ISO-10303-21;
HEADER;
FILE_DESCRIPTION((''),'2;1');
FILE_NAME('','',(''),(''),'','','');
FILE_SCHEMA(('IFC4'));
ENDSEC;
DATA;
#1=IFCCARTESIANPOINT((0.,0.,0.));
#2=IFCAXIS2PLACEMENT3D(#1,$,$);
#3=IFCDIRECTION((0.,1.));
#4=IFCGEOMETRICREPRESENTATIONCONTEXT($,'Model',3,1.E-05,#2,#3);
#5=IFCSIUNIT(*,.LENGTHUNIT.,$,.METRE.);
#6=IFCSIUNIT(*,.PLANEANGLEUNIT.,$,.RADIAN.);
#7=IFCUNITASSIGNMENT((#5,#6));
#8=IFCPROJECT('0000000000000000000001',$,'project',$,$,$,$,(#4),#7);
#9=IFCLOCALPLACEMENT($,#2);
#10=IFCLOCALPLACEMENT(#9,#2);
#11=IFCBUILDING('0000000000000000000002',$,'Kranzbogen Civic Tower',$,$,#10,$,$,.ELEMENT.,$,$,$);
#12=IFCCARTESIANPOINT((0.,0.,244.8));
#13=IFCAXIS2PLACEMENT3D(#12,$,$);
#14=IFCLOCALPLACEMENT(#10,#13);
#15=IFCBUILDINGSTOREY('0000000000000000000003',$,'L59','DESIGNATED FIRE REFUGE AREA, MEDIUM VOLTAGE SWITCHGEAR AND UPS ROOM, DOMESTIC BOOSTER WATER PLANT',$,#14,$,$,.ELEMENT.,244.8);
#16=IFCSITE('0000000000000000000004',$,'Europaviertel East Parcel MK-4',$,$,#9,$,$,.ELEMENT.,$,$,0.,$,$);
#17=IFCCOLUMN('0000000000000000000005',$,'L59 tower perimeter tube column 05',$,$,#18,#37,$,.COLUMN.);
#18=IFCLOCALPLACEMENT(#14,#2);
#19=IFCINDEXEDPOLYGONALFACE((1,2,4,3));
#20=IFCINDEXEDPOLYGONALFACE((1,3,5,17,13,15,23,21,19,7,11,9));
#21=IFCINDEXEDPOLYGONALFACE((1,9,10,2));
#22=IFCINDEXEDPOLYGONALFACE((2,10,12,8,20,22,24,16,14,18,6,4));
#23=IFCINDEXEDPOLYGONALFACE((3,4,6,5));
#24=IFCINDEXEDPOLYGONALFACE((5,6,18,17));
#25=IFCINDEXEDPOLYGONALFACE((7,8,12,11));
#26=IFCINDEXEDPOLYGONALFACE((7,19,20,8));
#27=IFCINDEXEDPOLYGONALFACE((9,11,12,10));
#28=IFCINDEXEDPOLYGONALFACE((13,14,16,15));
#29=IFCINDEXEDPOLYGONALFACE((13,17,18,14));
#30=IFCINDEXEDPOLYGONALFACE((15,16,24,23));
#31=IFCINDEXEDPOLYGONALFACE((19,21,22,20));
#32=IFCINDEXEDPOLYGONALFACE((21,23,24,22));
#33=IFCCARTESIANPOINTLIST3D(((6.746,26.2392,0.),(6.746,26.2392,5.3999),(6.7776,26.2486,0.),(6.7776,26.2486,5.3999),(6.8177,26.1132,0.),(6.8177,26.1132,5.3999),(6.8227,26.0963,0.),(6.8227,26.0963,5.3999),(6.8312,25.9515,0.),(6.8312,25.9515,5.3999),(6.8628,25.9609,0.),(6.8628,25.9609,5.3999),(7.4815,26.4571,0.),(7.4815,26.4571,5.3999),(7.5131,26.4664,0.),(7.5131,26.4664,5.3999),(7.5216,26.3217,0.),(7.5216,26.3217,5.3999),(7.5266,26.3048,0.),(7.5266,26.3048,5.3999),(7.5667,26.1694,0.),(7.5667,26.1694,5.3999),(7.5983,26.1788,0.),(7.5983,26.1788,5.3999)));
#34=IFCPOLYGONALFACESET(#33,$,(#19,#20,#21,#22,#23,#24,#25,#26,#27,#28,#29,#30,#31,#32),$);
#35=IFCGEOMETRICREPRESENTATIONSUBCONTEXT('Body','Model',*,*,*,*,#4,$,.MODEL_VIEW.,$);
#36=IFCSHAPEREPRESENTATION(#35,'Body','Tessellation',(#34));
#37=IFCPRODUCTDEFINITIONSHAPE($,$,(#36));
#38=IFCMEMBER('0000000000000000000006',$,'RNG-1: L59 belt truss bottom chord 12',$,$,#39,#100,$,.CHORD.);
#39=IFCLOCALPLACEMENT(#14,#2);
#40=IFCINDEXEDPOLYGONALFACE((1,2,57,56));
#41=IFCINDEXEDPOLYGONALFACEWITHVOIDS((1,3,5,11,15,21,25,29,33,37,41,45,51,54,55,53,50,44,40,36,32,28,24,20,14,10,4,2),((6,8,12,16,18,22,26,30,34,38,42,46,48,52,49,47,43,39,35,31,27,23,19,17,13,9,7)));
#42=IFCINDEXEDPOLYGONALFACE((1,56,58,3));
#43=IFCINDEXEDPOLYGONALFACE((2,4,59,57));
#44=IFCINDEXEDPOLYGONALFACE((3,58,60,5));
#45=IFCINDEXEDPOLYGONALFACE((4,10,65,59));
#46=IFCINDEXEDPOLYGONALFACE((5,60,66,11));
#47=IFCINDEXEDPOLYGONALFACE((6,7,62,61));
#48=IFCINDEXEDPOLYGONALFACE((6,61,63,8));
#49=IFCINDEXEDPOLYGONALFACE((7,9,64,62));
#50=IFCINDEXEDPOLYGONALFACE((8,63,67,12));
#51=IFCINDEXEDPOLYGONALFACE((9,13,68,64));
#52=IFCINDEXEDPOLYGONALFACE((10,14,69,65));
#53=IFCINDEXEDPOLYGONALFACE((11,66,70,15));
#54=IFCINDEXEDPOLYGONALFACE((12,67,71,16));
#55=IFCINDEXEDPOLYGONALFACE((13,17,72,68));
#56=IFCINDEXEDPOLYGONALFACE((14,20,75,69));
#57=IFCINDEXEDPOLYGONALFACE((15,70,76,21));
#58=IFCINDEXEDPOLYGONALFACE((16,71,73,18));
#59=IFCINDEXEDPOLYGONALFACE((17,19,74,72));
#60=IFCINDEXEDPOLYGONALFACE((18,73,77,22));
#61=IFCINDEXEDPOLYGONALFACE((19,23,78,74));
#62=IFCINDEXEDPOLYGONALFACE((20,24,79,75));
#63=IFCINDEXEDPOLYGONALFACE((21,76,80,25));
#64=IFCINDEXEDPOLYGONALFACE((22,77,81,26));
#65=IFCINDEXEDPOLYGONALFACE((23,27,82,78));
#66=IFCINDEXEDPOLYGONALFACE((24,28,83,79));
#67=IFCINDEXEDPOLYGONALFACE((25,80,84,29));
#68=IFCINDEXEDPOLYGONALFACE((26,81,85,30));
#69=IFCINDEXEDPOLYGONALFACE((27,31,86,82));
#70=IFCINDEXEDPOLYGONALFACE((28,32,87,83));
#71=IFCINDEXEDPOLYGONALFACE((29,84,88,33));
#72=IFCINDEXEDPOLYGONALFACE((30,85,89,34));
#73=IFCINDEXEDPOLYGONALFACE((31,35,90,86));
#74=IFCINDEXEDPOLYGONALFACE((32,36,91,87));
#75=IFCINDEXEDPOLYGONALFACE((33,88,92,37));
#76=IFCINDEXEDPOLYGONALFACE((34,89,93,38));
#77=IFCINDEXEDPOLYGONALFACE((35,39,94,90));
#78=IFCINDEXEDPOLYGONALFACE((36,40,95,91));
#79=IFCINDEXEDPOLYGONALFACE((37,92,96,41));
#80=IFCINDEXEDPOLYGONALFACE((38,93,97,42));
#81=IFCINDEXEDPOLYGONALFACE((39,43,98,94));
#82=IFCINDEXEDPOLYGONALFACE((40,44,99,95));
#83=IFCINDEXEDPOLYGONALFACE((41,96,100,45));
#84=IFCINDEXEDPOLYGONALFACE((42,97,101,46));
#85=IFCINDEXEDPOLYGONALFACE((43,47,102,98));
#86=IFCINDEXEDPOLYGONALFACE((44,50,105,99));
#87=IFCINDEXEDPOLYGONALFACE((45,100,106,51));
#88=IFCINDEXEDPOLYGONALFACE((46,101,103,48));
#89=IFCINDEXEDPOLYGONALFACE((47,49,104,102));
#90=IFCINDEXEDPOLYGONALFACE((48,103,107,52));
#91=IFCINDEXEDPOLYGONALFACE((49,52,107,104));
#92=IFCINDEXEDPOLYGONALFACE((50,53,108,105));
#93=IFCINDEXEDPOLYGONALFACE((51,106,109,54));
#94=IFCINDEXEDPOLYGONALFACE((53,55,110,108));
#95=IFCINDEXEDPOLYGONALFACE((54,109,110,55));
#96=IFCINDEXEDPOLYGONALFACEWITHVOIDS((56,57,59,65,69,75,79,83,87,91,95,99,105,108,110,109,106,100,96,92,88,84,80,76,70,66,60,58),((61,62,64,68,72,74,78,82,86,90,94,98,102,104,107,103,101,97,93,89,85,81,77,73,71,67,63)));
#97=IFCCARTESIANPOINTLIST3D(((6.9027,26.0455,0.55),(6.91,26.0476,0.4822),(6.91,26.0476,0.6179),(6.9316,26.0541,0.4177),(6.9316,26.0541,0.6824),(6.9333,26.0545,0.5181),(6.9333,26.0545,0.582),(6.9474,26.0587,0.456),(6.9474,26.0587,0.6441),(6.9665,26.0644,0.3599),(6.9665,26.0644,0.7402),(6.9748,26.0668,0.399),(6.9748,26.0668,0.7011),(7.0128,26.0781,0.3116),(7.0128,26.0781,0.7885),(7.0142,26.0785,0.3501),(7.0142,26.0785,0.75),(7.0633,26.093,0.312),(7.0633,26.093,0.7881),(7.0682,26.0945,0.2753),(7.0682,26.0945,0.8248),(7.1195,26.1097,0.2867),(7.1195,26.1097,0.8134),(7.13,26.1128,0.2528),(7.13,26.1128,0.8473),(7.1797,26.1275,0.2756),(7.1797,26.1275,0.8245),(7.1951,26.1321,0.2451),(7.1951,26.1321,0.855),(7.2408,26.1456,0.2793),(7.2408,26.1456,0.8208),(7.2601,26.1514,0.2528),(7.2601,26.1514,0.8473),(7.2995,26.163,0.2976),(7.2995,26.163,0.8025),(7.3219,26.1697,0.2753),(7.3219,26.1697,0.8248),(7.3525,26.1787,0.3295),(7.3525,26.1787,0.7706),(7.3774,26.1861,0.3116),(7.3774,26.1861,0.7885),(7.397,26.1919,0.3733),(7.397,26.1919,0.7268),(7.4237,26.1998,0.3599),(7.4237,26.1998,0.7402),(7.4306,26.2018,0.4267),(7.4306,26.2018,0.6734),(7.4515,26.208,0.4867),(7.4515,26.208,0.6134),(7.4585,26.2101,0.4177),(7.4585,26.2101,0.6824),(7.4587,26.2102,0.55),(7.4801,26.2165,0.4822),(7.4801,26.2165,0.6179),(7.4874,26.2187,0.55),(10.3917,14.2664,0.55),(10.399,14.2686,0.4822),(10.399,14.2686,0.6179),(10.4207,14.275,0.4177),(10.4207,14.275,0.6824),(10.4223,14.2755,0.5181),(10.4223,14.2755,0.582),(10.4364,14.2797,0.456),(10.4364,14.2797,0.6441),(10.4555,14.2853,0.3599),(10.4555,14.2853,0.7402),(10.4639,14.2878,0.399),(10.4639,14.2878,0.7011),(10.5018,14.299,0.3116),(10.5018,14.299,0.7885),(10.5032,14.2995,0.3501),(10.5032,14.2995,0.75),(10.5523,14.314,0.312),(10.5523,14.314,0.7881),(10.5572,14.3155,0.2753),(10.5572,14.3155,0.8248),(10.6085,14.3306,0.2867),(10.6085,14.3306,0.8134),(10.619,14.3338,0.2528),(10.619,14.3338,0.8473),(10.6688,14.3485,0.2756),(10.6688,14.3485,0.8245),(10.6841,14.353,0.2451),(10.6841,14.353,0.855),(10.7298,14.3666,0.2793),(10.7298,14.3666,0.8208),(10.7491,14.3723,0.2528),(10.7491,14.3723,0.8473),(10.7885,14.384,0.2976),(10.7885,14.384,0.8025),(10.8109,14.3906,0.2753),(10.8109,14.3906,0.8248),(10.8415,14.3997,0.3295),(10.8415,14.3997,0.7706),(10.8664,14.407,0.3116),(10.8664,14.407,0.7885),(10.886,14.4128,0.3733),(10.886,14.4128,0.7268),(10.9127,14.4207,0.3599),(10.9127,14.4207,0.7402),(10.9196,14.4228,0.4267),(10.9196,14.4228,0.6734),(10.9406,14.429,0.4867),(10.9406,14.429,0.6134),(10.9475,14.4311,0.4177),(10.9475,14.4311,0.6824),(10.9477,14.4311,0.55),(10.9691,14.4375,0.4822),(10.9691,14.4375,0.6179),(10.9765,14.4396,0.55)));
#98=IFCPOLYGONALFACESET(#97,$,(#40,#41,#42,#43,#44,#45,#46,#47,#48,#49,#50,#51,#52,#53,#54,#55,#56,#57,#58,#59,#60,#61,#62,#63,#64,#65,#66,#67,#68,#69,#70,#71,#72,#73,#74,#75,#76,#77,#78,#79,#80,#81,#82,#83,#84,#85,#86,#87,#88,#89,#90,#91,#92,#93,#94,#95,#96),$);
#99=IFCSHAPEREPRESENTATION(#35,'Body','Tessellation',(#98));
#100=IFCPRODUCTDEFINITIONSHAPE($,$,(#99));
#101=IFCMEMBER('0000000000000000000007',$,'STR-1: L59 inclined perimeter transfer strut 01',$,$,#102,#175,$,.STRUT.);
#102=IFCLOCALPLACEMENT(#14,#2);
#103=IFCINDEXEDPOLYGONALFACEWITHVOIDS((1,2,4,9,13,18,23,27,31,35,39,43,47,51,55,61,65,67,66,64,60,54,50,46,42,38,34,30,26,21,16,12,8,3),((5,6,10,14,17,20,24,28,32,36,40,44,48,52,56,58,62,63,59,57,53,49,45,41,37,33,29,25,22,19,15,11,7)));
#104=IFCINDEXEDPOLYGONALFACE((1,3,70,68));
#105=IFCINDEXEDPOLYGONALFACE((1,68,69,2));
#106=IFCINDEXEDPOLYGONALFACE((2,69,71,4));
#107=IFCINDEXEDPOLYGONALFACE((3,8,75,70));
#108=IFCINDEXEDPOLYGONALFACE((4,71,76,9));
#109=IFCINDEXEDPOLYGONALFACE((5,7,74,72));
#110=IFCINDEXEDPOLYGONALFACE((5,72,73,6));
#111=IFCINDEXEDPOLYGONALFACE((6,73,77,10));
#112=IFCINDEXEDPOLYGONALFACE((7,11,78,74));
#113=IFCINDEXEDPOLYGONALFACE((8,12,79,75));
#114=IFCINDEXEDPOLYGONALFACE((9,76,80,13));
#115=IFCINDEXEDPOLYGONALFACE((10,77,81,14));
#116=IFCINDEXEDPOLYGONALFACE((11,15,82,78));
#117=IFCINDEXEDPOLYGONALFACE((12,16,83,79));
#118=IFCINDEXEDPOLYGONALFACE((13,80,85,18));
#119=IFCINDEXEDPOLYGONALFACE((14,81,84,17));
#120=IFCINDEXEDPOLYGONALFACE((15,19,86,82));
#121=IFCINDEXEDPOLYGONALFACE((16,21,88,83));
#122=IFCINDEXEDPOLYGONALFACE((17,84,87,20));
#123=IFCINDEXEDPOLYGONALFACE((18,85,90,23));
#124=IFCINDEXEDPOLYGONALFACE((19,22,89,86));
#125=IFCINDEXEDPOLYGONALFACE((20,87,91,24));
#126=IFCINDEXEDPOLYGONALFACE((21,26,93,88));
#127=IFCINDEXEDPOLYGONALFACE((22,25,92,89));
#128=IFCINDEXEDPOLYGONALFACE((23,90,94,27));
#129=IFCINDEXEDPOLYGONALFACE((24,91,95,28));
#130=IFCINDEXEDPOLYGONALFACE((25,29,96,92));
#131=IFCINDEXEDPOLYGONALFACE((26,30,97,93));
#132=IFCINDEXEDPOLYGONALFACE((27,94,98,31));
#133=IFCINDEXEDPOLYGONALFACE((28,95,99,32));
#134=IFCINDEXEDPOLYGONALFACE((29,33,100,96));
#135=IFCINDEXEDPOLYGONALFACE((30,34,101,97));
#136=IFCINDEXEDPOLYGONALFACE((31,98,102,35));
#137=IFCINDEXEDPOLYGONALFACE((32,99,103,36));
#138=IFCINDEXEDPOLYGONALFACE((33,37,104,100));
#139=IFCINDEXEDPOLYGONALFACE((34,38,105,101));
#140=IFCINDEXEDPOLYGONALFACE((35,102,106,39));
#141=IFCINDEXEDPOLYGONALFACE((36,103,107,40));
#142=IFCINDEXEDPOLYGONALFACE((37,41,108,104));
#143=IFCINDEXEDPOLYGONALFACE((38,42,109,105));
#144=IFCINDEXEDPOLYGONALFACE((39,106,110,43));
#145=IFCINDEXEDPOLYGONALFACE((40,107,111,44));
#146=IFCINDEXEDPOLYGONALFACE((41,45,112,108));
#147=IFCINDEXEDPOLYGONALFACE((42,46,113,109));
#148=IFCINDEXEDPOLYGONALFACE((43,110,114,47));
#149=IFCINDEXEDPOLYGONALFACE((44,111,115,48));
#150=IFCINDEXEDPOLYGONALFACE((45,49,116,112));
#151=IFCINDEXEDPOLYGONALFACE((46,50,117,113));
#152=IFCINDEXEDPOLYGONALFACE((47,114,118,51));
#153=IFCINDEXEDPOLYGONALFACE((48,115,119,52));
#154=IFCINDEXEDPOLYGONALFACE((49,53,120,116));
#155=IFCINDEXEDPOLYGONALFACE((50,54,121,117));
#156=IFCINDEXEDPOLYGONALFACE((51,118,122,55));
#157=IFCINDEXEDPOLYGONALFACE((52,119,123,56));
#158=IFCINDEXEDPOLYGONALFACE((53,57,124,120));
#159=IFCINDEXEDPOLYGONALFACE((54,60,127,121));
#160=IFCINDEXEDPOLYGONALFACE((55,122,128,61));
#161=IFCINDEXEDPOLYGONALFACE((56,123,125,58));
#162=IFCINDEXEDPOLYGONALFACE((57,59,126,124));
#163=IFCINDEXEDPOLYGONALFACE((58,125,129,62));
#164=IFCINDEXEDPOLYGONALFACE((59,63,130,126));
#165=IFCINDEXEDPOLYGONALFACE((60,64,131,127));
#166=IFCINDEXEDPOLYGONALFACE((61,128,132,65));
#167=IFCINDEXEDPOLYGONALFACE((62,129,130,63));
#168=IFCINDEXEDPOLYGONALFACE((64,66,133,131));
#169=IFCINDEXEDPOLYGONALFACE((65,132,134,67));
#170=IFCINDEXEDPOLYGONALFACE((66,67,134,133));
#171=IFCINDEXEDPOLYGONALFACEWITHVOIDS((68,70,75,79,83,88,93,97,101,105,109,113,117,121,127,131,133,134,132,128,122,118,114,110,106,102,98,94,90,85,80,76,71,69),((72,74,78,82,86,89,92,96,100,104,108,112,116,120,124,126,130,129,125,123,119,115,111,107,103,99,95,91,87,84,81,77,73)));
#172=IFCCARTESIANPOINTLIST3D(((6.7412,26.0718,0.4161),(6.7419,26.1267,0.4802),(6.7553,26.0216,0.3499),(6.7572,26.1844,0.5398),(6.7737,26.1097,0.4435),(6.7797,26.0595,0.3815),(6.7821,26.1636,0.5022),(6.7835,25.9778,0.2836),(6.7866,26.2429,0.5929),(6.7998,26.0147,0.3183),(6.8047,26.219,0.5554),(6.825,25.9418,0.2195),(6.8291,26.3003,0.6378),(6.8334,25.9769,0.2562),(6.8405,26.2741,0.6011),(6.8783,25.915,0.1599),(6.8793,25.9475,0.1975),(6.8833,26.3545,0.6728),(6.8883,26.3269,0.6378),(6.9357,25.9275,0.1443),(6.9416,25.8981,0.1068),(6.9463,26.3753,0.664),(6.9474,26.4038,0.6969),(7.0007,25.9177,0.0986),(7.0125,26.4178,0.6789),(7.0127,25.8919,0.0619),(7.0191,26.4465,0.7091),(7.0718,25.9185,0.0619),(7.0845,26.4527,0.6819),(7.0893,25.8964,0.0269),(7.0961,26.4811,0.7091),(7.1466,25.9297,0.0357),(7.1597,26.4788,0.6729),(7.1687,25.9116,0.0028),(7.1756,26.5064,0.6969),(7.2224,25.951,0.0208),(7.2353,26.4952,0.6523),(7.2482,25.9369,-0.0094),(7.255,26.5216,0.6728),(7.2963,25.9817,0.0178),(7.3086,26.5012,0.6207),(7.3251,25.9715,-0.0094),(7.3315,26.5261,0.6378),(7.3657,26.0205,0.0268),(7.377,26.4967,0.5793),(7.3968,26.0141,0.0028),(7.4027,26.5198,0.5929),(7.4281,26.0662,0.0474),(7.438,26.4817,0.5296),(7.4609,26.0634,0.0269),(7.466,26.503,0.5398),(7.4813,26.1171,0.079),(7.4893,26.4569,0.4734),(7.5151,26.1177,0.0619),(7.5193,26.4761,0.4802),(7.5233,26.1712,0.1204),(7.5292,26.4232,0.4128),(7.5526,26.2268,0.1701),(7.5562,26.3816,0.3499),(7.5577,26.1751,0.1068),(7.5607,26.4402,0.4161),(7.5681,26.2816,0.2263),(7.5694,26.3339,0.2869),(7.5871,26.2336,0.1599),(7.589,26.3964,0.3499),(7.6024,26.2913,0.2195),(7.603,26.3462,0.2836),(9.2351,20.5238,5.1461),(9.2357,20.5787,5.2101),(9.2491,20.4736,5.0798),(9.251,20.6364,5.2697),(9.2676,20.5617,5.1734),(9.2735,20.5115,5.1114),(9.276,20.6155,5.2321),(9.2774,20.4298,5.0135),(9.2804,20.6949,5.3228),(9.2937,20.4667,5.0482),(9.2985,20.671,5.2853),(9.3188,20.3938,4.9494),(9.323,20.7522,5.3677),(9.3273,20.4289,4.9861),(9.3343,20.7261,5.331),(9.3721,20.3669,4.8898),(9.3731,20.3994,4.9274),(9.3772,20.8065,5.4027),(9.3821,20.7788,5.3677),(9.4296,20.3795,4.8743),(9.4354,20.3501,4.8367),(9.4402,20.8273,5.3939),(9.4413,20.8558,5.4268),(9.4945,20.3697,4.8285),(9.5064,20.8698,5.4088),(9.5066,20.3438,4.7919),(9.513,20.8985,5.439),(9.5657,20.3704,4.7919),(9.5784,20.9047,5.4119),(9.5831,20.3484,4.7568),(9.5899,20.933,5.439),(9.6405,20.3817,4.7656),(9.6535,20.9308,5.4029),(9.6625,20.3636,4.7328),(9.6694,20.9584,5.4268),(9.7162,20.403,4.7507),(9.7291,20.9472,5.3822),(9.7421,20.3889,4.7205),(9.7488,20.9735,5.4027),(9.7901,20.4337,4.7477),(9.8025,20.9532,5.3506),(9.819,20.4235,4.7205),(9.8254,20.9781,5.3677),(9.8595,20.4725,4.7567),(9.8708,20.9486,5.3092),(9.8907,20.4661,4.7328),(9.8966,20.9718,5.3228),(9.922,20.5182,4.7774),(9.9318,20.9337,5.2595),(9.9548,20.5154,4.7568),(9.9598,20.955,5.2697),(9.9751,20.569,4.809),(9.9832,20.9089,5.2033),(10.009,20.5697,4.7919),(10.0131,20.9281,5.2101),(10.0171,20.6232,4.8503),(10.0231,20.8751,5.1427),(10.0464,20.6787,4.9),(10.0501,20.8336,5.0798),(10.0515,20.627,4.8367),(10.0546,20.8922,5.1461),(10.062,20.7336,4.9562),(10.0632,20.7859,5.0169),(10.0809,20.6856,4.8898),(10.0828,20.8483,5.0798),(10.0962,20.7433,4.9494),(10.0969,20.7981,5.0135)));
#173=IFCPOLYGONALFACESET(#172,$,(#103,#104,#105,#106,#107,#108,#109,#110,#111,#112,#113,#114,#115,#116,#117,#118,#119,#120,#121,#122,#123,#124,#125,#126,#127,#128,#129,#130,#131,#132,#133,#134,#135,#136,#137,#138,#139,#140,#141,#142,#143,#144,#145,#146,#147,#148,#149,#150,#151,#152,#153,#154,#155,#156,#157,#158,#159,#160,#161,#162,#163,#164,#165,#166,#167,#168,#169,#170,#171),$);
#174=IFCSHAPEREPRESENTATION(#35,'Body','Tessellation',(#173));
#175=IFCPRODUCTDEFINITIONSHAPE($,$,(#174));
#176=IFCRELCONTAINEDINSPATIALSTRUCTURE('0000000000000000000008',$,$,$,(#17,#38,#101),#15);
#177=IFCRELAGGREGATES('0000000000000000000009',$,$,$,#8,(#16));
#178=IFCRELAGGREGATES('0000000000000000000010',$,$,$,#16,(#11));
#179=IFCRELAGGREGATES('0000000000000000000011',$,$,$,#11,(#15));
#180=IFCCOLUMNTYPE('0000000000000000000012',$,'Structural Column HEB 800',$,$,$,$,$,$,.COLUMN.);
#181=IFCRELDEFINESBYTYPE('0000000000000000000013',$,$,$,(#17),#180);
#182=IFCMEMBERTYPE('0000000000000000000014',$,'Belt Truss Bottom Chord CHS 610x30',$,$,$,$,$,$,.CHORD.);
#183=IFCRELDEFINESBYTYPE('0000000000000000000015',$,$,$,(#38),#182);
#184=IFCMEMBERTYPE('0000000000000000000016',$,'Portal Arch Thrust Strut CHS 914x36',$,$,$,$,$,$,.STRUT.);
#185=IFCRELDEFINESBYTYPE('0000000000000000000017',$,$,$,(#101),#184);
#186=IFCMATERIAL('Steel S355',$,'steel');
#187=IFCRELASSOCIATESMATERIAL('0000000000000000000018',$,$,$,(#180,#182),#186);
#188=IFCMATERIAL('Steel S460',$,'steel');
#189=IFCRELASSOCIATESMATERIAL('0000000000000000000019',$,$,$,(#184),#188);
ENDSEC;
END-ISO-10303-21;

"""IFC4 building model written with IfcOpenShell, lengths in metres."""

from ifc_helpers import new_model, si_unit, direction, frame, origin, origin_2d, place, context, subcontext, project, spatial, hollow_circle, i_section, extrude, material, material_profile, profile_set, type_object, element, save


model = new_model("IFC4")

# Units and contexts
model_context = context("Model", 3, precision=1e-05, world=origin(), true_north=direction((0.0, 1.0)))
body_context = subcontext(model_context, "Body", "Model", "MODEL_VIEW")
ifc_project = project(units=[si_unit("LENGTHUNIT", "METRE"), si_unit("PLANEANGLEUNIT", "RADIAN")], contexts=[model_context])

# Site, building, storey
site_placement = place(None, origin())
site = spatial("IfcSite", under=ifc_project, at=site_placement, Name="Europaviertel East Parcel MK-4", CompositionType="ELEMENT", RefElevation=0.0)
building_placement = place(site_placement, origin())
building = spatial("IfcBuilding", under=site, at=building_placement, Name="Kranzbogen Civic Tower", CompositionType="ELEMENT")
storey_placement = place(building_placement, frame((0.0, 0.0, 244.8)))
storey = spatial("IfcBuildingStorey", under=building, at=storey_placement, Name="L59", Description="DESIGNATED FIRE REFUGE AREA, MEDIUM VOLTAGE SWITCHGEAR AND UPS ROOM, DOMESTIC BOOSTER WATER PLANT", CompositionType="ELEMENT", Elevation=244.8)

# Column
ifc_material_1 = material(Name="Steel S355", Category="steel")
ifc_material_profile_1 = material_profile(ifc_material_1, i_section(OverallWidth=0.3, OverallDepth=0.8, WebThickness=0.0176, FlangeThickness=0.033, at=origin_2d()), Name="HEB 800")
ifc_profile_set_1 = profile_set([ifc_material_profile_1], Name="Steel S355")
column_type = type_object("IfcColumnType", Name="Structural Column HEB 800", PredefinedType="COLUMN", material=ifc_profile_set_1)
column_placement = place(storey_placement, frame((7.1721, 26.209, 0.0), z_axis=(0.0, 0.0, 1.0), x_axis=(-0.284015, 0.95882, 0.0)))
element("IfcColumn", 1, at=column_placement, inside=storey, type_object=column_type, Name="L59 tower perimeter tube column 05", PredefinedType="COLUMN", context=body_context, shape_type="SweptSolid", body=[
    extrude(i_section(OverallWidth=0.3, OverallDepth=0.8, WebThickness=0.0176, FlangeThickness=0.033, at=origin_2d()), origin(), (0.0, 0.0, 1.0), 5.3999),
])

# Members
ifc_material_profile_2 = material_profile(ifc_material_1, hollow_circle(Radius=0.3049, WallThickness=0.03, at=origin_2d()), Name="CHS 610x30")
ifc_profile_set_2 = profile_set([ifc_material_profile_2], Name="Steel S355")
member_type_1 = type_object("IfcMemberType", Name="Belt Truss Bottom Chord CHS 610x30", PredefinedType="CHORD", material=ifc_profile_set_2)
member_1_placement = place(storey_placement, frame((7.1951, 26.1321, 0.55), z_axis=(0.284008, -0.958822, 0.0), x_axis=(0.958822, 0.284008, 0.0)))
element("IfcMember", 2, at=member_1_placement, inside=storey, type_object=member_type_1, Name="RNG-1: L59 belt truss bottom chord 12", PredefinedType="CHORD", context=body_context, shape_type="SweptSolid", body=[
    extrude(hollow_circle(Radius=0.3049, WallThickness=0.03, at=origin_2d()), origin(), (0.0, 0.0, 1.0), 12.2849),
])
ifc_material_2 = material(Name="Steel S460", Category="steel")
ifc_material_profile_3 = material_profile(ifc_material_2, hollow_circle(Radius=0.457, WallThickness=0.0359, at=origin_2d()), Name="CHS 914x36")
ifc_profile_set_3 = profile_set([ifc_material_profile_3], Name="Steel S460")
member_type_2 = type_object("IfcMemberType", Name="Portal Arch Thrust Strut CHS 914x36", PredefinedType="STRUT", material=ifc_profile_set_3)
member_2_placement = place(storey_placement, frame((7.1721, 26.209, 0.3499), z_axis=(0.323655, -0.720024, 0.613851), x_axis=(0.91209, 0.409989, 0.0)))
element("IfcMember", 3, at=member_2_placement, inside=storey, type_object=member_type_2, Name="STR-1: L59 inclined perimeter transfer strut 01", PredefinedType="STRUT", context=body_context, shape_type="SweptSolid", body=[
    extrude(hollow_circle(Radius=0.457, WallThickness=0.0359, at=origin_2d()), origin(), (0.0, 0.0, 1.0), 7.7053),
])

save(model, "model.ifc")
